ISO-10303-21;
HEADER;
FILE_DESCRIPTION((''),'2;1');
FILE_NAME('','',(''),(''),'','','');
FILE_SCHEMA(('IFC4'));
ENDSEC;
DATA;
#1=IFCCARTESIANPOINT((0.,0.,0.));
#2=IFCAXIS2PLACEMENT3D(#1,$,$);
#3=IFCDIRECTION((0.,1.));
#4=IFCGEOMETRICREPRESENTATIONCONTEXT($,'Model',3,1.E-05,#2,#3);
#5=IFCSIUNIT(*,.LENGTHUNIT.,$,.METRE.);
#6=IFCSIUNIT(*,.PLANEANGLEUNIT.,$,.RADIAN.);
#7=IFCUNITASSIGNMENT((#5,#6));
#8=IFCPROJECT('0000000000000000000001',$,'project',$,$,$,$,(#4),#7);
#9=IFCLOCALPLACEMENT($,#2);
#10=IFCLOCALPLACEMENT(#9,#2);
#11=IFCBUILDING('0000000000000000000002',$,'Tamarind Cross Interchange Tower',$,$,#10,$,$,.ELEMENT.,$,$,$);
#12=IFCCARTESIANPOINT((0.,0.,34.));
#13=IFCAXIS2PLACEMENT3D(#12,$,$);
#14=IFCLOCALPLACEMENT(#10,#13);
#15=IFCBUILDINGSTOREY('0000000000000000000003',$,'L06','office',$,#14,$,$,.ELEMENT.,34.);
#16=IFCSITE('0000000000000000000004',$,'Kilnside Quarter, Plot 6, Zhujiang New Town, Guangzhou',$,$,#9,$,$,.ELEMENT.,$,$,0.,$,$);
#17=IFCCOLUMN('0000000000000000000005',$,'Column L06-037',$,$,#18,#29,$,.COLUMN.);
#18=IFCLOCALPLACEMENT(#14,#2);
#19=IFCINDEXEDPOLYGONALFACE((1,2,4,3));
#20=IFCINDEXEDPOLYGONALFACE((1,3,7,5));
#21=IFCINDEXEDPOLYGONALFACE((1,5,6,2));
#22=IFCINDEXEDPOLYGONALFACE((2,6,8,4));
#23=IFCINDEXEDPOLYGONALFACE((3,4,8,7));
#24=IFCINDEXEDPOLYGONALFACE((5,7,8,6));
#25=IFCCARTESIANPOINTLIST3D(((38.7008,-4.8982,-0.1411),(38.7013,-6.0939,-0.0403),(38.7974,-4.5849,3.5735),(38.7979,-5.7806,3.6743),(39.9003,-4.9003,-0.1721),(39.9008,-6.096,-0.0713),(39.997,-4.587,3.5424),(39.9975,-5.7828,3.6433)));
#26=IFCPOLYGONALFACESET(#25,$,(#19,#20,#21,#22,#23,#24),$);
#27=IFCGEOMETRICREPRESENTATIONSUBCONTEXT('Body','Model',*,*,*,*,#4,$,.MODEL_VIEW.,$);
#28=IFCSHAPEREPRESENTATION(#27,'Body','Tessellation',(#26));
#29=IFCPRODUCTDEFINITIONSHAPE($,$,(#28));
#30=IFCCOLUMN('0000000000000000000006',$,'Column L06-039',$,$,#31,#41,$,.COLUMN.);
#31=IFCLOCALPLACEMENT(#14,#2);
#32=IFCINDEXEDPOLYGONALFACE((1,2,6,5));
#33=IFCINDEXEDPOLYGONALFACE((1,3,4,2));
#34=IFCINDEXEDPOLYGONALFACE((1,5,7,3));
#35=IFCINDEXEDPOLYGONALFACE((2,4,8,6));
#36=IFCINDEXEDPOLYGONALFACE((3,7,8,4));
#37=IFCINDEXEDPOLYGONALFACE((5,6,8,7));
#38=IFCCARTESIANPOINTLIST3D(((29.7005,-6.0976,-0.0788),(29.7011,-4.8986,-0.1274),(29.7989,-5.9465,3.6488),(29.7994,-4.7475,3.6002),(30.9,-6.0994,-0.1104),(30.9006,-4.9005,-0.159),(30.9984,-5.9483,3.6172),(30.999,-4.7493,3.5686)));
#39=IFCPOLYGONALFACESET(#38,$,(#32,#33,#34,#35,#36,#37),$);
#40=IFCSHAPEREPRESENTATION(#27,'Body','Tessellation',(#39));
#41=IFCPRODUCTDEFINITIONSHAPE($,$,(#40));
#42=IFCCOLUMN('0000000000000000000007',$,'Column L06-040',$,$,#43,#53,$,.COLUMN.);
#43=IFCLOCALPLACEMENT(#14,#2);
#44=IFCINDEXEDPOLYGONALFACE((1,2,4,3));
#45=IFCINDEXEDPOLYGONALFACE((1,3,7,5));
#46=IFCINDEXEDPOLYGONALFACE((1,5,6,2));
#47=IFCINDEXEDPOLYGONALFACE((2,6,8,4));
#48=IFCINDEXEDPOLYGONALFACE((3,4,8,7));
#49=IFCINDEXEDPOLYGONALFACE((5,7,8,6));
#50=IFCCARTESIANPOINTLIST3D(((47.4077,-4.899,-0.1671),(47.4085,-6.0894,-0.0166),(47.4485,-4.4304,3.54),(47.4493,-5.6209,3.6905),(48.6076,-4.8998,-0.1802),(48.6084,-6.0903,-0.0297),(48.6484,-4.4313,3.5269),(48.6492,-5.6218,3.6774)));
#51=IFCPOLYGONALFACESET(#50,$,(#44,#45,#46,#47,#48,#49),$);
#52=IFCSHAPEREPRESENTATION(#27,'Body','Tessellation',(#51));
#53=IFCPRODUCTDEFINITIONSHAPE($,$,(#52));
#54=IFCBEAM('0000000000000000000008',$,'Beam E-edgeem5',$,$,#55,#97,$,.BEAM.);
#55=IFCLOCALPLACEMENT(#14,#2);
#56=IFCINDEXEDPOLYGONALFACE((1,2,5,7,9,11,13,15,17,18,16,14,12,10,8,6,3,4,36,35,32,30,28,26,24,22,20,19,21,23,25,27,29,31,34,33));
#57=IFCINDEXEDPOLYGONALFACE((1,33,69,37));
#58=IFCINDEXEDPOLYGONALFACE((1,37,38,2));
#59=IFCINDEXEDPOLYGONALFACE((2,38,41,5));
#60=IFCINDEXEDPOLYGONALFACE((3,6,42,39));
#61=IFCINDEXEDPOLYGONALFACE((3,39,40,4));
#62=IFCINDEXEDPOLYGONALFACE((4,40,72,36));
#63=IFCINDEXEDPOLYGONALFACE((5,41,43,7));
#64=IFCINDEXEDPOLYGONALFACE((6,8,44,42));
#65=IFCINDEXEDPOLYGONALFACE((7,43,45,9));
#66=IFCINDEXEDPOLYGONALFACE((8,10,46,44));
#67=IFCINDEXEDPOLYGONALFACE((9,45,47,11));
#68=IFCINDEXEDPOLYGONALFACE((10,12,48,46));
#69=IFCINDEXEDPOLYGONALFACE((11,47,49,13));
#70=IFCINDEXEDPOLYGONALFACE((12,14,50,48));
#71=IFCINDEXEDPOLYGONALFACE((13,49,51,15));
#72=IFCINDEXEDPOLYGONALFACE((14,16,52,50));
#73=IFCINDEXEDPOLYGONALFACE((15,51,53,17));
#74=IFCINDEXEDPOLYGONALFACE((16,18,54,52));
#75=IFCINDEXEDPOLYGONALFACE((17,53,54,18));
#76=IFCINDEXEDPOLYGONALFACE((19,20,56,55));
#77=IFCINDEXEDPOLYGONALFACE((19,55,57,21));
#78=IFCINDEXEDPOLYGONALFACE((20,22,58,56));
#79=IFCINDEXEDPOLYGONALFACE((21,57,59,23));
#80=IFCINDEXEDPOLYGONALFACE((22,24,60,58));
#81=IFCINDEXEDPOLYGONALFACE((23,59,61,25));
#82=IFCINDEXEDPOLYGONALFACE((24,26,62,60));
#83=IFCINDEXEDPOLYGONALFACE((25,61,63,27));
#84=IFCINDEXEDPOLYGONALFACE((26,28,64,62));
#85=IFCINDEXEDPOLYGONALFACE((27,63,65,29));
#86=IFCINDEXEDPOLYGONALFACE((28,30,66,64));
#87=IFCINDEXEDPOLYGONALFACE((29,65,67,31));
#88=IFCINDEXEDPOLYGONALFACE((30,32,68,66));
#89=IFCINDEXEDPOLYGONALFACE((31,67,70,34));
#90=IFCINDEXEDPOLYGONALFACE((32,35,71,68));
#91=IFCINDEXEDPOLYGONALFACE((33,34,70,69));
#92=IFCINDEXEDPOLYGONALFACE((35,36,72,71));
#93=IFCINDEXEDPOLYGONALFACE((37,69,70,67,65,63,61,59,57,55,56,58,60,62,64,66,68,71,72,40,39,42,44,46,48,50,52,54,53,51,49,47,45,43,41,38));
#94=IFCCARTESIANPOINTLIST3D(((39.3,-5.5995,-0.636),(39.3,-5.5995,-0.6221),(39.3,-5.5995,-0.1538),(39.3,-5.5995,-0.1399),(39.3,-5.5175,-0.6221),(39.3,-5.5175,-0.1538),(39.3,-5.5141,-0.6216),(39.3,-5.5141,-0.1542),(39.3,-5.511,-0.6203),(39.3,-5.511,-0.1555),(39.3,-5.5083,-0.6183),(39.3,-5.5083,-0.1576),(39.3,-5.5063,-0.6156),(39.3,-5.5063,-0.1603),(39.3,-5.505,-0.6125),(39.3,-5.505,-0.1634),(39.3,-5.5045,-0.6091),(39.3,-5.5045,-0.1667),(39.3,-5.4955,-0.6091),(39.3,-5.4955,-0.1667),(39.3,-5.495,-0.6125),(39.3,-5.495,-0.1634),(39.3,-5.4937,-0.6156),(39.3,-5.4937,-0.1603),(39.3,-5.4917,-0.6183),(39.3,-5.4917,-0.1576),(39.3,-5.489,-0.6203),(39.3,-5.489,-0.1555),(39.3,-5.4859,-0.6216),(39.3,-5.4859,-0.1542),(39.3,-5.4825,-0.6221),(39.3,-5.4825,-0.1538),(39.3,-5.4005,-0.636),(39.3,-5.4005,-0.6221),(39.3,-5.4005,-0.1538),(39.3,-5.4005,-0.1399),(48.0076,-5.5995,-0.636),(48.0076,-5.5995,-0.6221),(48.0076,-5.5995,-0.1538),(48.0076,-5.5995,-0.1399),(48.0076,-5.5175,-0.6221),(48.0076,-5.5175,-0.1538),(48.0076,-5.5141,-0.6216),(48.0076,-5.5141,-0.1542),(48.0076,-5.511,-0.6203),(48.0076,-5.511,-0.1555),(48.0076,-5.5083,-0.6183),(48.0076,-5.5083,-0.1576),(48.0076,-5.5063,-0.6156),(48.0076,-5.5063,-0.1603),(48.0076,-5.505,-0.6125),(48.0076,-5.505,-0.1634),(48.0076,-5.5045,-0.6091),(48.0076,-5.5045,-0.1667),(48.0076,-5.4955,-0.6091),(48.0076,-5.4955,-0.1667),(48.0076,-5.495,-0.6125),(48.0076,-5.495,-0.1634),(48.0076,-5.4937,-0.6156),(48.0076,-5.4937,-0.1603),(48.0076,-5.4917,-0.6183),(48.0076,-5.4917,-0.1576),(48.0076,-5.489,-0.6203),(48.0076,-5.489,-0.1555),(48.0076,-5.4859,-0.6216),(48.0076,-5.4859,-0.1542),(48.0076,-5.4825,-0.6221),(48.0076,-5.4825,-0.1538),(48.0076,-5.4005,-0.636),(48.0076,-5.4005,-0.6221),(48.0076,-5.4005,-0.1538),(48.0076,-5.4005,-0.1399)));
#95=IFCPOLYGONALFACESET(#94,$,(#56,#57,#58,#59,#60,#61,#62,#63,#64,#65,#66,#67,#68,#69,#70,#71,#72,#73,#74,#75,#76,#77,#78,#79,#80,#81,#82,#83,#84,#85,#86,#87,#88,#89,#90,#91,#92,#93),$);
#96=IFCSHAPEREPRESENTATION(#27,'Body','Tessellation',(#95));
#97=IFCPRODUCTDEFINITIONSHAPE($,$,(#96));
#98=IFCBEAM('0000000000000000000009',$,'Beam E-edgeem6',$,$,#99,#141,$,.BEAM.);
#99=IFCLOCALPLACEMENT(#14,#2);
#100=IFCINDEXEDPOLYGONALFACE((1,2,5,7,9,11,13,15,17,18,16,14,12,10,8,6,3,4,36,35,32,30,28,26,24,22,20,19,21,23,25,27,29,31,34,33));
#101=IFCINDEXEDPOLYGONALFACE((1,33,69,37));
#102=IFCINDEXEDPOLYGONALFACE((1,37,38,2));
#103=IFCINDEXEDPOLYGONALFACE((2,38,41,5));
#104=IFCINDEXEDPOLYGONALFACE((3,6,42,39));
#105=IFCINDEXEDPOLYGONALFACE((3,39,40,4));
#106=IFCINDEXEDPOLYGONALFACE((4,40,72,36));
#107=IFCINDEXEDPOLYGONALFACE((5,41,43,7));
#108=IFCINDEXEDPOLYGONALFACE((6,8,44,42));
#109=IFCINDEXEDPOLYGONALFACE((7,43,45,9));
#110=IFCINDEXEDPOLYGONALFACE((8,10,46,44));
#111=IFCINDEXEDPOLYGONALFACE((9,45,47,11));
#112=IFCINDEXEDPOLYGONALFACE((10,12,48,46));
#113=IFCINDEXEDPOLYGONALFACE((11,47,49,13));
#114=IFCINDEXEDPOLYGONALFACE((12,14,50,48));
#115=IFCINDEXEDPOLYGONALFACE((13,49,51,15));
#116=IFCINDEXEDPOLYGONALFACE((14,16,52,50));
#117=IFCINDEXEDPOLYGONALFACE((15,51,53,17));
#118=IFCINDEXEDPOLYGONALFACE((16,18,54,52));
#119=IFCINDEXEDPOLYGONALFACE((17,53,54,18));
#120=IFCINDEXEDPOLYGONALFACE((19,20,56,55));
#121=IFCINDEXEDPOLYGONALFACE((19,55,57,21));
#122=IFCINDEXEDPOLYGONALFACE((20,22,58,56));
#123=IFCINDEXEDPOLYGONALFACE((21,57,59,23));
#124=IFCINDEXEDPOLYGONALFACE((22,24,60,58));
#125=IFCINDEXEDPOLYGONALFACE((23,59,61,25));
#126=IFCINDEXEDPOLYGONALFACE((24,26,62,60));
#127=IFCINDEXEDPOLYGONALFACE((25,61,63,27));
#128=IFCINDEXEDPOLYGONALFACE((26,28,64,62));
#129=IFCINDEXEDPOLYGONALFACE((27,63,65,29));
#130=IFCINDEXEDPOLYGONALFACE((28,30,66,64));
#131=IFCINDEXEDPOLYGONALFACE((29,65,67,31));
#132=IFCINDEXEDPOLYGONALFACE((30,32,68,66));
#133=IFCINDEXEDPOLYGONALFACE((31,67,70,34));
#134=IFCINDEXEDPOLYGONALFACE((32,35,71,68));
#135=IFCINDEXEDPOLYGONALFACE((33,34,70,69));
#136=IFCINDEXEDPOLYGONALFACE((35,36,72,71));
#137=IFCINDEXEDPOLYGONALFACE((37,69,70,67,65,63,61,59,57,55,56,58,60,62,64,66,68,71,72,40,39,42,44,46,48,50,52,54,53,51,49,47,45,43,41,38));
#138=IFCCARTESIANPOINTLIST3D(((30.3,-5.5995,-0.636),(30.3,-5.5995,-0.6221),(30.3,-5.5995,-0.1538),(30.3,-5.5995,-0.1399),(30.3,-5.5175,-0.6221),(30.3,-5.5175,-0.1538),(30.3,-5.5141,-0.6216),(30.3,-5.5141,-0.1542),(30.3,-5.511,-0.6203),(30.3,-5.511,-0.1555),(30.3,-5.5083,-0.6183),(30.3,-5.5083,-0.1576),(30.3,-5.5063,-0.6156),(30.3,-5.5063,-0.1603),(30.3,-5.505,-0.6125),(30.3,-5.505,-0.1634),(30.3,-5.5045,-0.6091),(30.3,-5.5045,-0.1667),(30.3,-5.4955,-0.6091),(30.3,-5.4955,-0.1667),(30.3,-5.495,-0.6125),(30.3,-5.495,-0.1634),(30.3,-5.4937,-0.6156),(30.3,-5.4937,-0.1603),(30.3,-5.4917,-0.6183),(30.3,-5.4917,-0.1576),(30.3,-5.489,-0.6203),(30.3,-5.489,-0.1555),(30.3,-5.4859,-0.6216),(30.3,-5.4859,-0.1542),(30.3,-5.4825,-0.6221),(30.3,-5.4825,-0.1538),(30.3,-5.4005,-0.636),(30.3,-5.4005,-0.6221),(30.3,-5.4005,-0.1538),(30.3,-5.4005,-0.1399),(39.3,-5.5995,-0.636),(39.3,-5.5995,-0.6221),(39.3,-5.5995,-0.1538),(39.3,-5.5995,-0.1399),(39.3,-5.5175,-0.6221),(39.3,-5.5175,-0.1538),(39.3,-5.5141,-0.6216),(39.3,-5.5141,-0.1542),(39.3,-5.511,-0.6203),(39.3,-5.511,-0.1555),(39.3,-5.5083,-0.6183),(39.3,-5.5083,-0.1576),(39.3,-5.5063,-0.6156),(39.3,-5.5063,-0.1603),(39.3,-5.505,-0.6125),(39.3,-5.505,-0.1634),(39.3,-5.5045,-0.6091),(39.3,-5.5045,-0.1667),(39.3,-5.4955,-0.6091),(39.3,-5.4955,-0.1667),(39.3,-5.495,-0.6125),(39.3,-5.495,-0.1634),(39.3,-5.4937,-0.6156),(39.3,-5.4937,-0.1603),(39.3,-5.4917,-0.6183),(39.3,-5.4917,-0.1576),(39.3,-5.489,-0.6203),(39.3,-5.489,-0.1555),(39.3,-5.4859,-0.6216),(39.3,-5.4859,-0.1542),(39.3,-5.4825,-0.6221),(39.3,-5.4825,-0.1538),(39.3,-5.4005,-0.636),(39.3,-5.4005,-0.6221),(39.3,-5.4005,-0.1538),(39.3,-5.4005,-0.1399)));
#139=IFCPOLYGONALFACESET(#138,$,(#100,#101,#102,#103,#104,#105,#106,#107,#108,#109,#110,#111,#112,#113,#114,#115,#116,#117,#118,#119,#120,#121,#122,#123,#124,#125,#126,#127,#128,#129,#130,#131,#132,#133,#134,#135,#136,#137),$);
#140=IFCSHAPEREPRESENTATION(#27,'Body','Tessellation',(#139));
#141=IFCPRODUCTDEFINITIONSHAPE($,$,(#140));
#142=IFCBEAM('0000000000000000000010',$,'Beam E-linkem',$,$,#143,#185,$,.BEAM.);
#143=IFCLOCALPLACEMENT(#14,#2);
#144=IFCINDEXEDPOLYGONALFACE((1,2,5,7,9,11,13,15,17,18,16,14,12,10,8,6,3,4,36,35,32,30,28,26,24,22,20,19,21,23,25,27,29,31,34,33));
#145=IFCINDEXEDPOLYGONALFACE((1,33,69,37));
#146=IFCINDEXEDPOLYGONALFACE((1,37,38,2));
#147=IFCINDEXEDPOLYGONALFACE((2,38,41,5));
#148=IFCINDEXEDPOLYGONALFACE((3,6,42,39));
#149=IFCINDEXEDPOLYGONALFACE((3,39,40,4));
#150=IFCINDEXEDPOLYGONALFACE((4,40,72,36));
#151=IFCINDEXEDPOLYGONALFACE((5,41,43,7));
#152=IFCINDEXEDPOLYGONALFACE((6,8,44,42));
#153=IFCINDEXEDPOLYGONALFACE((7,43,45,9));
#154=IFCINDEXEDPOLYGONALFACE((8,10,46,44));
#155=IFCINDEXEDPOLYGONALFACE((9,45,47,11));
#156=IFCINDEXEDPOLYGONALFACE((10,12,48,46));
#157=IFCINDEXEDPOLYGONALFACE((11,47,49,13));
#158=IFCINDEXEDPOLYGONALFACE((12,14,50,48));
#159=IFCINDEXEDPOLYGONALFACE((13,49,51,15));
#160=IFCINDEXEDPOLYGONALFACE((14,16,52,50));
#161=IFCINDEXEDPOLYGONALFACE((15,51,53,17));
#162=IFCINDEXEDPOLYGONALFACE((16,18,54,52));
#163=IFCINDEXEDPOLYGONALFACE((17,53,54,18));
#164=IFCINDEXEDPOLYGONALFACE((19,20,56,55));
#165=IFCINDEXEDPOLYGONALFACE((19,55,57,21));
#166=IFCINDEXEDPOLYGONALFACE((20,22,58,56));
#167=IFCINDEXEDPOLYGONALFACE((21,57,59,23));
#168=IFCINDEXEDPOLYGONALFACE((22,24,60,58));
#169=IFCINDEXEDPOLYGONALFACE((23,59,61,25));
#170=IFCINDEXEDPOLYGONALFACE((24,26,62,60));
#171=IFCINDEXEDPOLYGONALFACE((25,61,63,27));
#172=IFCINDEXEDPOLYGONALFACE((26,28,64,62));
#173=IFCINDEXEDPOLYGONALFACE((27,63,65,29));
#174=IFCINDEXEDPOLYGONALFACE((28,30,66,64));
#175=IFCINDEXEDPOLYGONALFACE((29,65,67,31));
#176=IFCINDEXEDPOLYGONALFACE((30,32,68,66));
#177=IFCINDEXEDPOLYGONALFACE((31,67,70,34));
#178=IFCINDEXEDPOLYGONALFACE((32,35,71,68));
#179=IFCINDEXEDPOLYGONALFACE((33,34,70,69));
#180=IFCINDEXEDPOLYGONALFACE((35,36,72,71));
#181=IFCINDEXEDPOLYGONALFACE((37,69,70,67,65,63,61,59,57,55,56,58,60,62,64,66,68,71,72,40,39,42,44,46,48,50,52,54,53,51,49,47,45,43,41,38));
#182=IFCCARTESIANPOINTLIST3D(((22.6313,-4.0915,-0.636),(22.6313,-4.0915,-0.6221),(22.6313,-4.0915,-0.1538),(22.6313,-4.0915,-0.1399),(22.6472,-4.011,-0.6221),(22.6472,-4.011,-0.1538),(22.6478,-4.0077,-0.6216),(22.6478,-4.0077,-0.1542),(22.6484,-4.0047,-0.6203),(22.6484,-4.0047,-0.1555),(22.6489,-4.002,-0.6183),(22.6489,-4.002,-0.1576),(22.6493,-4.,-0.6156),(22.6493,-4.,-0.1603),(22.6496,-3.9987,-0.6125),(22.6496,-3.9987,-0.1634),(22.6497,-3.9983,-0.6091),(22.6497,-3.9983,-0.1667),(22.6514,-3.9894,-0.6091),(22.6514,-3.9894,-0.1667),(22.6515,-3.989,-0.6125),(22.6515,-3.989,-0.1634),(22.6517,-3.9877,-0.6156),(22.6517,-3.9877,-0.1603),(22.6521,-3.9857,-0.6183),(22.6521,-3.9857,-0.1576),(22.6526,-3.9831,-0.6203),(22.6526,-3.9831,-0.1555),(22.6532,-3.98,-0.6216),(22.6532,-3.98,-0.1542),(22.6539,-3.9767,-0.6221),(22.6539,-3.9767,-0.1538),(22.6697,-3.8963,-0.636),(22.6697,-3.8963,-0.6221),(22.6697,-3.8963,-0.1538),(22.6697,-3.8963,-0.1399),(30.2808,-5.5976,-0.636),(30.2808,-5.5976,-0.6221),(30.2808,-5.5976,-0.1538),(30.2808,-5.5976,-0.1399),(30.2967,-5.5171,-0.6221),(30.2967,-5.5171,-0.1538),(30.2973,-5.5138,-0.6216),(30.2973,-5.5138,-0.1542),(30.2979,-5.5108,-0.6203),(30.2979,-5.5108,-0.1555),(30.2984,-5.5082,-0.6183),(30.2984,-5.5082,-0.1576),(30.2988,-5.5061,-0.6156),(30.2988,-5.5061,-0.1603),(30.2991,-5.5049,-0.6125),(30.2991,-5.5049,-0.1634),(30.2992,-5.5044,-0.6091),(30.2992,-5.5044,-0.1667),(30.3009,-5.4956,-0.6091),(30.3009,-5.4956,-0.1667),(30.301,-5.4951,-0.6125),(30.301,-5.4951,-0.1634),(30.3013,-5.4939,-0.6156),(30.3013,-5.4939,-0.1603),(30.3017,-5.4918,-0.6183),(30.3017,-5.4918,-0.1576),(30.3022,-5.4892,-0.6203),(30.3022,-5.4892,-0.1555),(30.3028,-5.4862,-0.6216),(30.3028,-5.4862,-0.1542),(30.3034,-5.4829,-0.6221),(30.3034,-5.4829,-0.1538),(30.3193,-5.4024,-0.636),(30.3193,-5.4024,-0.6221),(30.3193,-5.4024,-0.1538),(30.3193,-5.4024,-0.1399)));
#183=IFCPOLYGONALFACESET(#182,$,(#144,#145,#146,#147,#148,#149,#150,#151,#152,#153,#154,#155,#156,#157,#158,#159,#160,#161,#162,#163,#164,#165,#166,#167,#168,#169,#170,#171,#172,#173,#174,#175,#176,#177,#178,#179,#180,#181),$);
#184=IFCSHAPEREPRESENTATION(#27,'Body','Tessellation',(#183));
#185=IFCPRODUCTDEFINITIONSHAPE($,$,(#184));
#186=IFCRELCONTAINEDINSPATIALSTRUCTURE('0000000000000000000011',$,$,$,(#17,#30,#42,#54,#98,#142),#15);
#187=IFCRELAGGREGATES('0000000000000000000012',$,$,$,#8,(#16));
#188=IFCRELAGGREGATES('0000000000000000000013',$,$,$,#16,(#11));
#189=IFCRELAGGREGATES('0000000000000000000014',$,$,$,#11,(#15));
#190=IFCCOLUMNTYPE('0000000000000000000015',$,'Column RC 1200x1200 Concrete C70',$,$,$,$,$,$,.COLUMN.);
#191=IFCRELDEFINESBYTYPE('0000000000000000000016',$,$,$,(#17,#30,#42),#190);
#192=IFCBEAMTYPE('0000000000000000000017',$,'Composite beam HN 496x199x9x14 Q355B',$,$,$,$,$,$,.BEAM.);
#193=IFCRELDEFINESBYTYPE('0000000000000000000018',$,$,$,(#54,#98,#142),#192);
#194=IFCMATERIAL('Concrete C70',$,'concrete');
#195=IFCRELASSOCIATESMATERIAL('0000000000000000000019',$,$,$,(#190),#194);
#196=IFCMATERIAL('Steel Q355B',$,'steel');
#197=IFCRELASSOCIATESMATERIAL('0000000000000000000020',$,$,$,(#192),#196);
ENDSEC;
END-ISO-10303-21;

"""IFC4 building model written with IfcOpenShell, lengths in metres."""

from ifc_helpers import new_model, si_unit, direction, frame, origin, origin_2d, place, context, subcontext, project, spatial, rectangle, i_section, extrude, material, material_profile, profile_set, type_object, element, save


model = new_model("IFC4")

# Units and contexts
model_context = context("Model", 3, precision=1e-05, world=origin(), true_north=direction((0.0, 1.0)))
body_context = subcontext(model_context, "Body", "Model", "MODEL_VIEW")
ifc_project = project(units=[si_unit("LENGTHUNIT", "METRE"), si_unit("PLANEANGLEUNIT", "RADIAN")], contexts=[model_context])

# Site, building, storey
site_placement = place(None, origin())
site = spatial("IfcSite", under=ifc_project, at=site_placement, Name="Kilnside Quarter, Plot 6, Zhujiang New Town, Guangzhou", CompositionType="ELEMENT", RefElevation=0.0)
building_placement = place(site_placement, origin())
building = spatial("IfcBuilding", under=site, at=building_placement, Name="Tamarind Cross Interchange Tower", CompositionType="ELEMENT")
storey_placement = place(building_placement, frame((0.0, 0.0, 34.0)))
storey = spatial("IfcBuildingStorey", under=building, at=storey_placement, Name="L06", Description="office", CompositionType="ELEMENT", Elevation=34.0)

# Columns
ifc_material_1 = material(Name="Concrete C70", Category="concrete")
ifc_material_profile_1 = material_profile(ifc_material_1, rectangle(XDim=1.2, YDim=1.2, at=origin_2d()), Name="RC 1200x1200")
ifc_profile_set_1 = profile_set([ifc_material_profile_1], Name="Concrete C70")
column_type = type_object("IfcColumnType", Name="Column RC 1200x1200 Concrete C70", PredefinedType="COLUMN", material=ifc_profile_set_1)
column_1_placement = place(storey_placement, frame((39.3008, -5.4971, -0.1062), z_axis=(0.025926, 0.083998, 0.996129), x_axis=(-0.999664, 0.001767, 0.025869)))
element("IfcColumn", 1, at=column_1_placement, inside=storey, type_object=column_type, Name="Column L06-037", PredefinedType="COLUMN", context=body_context, shape_type="SweptSolid", body=[
    extrude(rectangle(XDim=1.2, YDim=1.2, at=origin_2d()), origin(), (0.0, 0.0, 1.0), 3.729),
])
column_2_placement = place(storey_placement, frame((30.3005, -5.499, -0.1189), z_axis=(0.026364, 0.040495, 0.998832), x_axis=(-0.999652, 0.001547, 0.026323)))
element("IfcColumn", 2, at=column_2_placement, inside=storey, type_object=column_type, Name="Column L06-039", PredefinedType="COLUMN", context=body_context, shape_type="SweptSolid", body=[
    extrude(rectangle(XDim=1.2, YDim=1.2, at=origin_2d()), origin(), (0.0, 0.0, 1.0), 3.7319),
])
column_3_placement = place(storey_placement, frame((48.0081, -5.4946, -0.0984), z_axis=(0.010911, 0.125378, 0.992049), x_axis=(-0.99994, 0.000709, 0.010908)))
element("IfcColumn", 3, at=column_3_placement, inside=storey, type_object=column_type, Name="Column L06-040", PredefinedType="COLUMN", context=body_context, shape_type="SweptSolid", body=[
    extrude(rectangle(XDim=1.2, YDim=1.2, at=origin_2d()), origin(), (0.0, 0.0, 1.0), 3.7368),
])

# Beams
ifc_material_2 = material(Name="Steel Q355B", Category="steel")
ifc_material_profile_2 = material_profile(ifc_material_2, i_section(OverallWidth=0.199, OverallDepth=0.4961, WebThickness=0.009, FlangeThickness=0.0139, FilletRadius=0.0129, at=origin_2d()), Name="HN 496x199x9x14")
ifc_profile_set_2 = profile_set([ifc_material_profile_2], Name="Steel Q355B")
beam_type_1 = type_object("IfcBeamType", Name="Composite beam HN 496x199x9x14 Q355B", PredefinedType="BEAM", material=ifc_profile_set_2)
beam_1_placement = place(storey_placement, frame((48.0076, -5.5, -0.3879), z_axis=(-1.0, 0.0, 0.0), x_axis=(0.0, -1.0, 0.0)))
element("IfcBeam", 4, at=beam_1_placement, inside=storey, type_object=beam_type_1, Name="Beam E-edgeem5", PredefinedType="BEAM", context=body_context, shape_type="SweptSolid", body=[
    extrude(i_section(OverallWidth=0.199, OverallDepth=0.4961, WebThickness=0.009, FlangeThickness=0.0139, FilletRadius=0.0129, at=origin_2d()), origin(), (0.0, 0.0, 1.0), 8.7075),
])
beam_2_placement = place(storey_placement, frame((39.3, -5.5, -0.3879), z_axis=(-1.0, 0.0, 0.0), x_axis=(0.0, -1.0, 0.0)))
element("IfcBeam", 5, at=beam_2_placement, inside=storey, type_object=beam_type_1, Name="Beam E-edgeem6", PredefinedType="BEAM", context=body_context, shape_type="SweptSolid", body=[
    extrude(i_section(OverallWidth=0.199, OverallDepth=0.4961, WebThickness=0.009, FlangeThickness=0.0139, FilletRadius=0.0129, at=origin_2d()), origin(), (0.0, 0.0, 1.0), 9.0),
])
beam_3_placement = place(storey_placement, frame((30.3, -5.5, -0.3879), z_axis=(-0.981163, 0.193182, 0.0), x_axis=(-0.193182, -0.981163, 0.0)))
element("IfcBeam", 6, at=beam_3_placement, inside=storey, type_object=beam_type_1, Name="Beam E-linkem", PredefinedType="BEAM", context=body_context, shape_type="SweptSolid", body=[
    extrude(i_section(OverallWidth=0.199, OverallDepth=0.4961, WebThickness=0.009, FlangeThickness=0.0139, FilletRadius=0.0129, at=origin_2d()), origin(), (0.0, 0.0, 1.0), 7.7964),
])

save(model, "model.ifc")
